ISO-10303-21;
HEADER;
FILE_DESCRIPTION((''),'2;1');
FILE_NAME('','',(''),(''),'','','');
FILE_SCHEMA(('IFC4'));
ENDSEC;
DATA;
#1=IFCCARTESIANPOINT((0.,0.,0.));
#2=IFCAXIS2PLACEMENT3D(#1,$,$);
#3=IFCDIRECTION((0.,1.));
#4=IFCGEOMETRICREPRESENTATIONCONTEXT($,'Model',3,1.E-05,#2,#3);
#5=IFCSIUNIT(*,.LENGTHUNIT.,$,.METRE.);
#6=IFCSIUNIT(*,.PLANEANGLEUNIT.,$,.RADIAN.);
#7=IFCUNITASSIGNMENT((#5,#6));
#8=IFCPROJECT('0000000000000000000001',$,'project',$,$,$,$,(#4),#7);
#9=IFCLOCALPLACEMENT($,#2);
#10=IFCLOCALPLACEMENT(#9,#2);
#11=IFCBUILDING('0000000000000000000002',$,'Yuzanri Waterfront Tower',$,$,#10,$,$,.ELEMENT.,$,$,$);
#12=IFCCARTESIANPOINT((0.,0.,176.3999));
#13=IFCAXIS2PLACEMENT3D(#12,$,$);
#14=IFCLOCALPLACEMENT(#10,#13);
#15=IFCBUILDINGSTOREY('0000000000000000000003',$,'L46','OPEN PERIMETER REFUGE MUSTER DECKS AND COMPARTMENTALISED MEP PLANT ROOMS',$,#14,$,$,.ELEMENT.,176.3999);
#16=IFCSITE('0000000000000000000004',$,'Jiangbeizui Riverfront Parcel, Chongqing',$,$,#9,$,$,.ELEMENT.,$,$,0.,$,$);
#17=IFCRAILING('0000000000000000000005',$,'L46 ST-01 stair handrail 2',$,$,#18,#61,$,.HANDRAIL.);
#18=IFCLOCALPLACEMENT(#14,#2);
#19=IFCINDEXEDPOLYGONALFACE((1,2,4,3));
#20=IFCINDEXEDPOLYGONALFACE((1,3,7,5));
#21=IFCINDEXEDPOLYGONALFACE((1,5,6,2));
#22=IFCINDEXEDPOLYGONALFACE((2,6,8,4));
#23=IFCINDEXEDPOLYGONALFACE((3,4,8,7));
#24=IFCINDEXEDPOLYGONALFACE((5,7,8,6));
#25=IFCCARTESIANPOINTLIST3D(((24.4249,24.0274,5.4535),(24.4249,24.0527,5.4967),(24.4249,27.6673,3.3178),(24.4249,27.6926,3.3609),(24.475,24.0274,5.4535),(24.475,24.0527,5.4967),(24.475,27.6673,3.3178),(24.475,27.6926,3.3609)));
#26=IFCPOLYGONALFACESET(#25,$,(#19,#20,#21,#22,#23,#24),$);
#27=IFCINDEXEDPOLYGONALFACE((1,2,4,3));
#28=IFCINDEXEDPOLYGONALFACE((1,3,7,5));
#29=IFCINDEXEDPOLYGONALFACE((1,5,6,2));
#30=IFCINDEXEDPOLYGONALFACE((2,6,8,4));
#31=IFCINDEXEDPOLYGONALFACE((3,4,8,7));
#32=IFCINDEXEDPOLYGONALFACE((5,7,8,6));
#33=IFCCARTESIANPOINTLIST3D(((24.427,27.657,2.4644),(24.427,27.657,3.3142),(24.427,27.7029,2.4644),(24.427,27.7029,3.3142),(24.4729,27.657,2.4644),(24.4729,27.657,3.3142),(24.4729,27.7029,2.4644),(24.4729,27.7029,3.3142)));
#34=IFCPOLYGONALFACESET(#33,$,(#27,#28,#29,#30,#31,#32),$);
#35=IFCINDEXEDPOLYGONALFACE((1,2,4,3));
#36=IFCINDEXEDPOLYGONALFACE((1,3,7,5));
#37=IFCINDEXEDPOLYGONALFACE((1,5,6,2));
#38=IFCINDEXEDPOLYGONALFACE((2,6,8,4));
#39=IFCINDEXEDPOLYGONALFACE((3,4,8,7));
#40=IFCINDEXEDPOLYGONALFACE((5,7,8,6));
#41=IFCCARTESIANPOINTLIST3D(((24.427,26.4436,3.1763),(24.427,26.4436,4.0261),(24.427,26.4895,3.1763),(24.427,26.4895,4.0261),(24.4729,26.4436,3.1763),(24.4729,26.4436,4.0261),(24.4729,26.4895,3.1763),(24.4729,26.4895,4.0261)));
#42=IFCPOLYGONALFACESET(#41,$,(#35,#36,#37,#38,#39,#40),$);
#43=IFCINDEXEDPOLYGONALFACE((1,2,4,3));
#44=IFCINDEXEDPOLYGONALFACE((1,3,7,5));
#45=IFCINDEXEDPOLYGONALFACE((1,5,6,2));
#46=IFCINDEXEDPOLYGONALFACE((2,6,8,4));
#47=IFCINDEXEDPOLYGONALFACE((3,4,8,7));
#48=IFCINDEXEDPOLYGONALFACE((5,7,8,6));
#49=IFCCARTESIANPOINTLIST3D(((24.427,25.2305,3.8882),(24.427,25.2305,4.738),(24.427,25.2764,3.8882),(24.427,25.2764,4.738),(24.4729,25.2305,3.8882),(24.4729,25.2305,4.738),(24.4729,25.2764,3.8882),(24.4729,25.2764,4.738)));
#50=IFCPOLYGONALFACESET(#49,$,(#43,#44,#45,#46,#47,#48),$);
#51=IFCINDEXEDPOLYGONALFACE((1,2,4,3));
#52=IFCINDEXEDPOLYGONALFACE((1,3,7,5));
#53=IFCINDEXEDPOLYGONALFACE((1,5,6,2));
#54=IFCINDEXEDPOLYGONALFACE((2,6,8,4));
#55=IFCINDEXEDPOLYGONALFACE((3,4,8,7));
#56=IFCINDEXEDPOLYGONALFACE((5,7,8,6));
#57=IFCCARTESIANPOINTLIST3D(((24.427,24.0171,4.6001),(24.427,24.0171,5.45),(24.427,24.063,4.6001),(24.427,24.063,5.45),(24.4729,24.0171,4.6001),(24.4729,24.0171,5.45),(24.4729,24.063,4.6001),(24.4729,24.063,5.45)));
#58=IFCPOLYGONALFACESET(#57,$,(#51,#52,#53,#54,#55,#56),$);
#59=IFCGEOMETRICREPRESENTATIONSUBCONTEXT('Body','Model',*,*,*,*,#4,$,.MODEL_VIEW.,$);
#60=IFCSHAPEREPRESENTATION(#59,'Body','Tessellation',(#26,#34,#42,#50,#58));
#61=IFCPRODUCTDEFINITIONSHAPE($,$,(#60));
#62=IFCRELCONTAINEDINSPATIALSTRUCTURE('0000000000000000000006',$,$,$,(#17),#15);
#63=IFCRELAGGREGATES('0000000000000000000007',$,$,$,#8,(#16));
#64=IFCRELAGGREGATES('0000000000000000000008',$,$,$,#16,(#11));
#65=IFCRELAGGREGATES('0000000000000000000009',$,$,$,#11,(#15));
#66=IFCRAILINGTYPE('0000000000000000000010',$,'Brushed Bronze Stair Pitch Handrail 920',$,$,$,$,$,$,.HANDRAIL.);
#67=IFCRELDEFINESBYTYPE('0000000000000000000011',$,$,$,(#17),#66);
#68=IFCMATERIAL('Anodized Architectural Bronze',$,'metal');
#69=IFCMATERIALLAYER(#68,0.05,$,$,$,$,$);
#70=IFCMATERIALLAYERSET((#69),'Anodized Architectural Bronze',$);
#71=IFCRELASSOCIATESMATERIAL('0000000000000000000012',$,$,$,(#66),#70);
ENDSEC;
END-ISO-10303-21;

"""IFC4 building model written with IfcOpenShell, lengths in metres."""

from ifc_helpers import new_model, si_unit, direction, frame, origin, origin_2d, place, context, subcontext, project, spatial, rectangle, extrude, source, transform, mapped, material, layer, layer_set, type_object, element, save


model = new_model("IFC4")

# Units and contexts
model_context = context("Model", 3, precision=1e-05, world=origin(), true_north=direction((0.0, 1.0)))
body_context = subcontext(model_context, "Body", "Model", "MODEL_VIEW")
ifc_project = project(units=[si_unit("LENGTHUNIT", "METRE"), si_unit("PLANEANGLEUNIT", "RADIAN")], contexts=[model_context])

# Site, building, storey
site_placement = place(None, origin())
site = spatial("IfcSite", under=ifc_project, at=site_placement, Name="Jiangbeizui Riverfront Parcel, Chongqing", CompositionType="ELEMENT", RefElevation=0.0)
building_placement = place(site_placement, origin())
building = spatial("IfcBuilding", under=site, at=building_placement, Name="Yuzanri Waterfront Tower", CompositionType="ELEMENT")
storey_placement = place(building_placement, frame((0.0, 0.0, 176.3999)))
storey = spatial("IfcBuildingStorey", under=building, at=storey_placement, Name="L46", Description="OPEN PERIMETER REFUGE MUSTER DECKS AND COMPARTMENTALISED MEP PLANT ROOMS", CompositionType="ELEMENT", Elevation=176.3999)

# Railing
ifc_material_1 = material(Name="Anodized Architectural Bronze", Category="metal")
ifc_layer_1 = layer(ifc_material_1, 0.05)
ifc_layer_set_1 = layer_set([ifc_layer_1], Name="Anodized Architectural Bronze")
railing_type_1 = type_object("IfcRailingType", Name="Brushed Bronze Stair Pitch Handrail 920", PredefinedType="HANDRAIL", material=ifc_layer_set_1)
shared_shape_1 = source(origin(), body_context, "Body", "SweptSolid", [
    extrude(rectangle(XDim=0.05, YDim=0.05, at=origin_2d()), frame((0.0, 0.0, 0.875), z_axis=(0.0, -0.86249, 0.506074), x_axis=(1.0, 0.0, 0.0)), (0.0, 0.0, 1.0), 4.2202),
    extrude(rectangle(XDim=0.0459, YDim=0.0459, at=origin_2d()), origin(), (0.0, 0.0, 1.0), 0.8499),
    extrude(rectangle(XDim=0.0459, YDim=0.0459, at=origin_2d()), frame((0.0, -1.2134, 0.7119)), (0.0, 0.0, 1.0), 0.8499),
    extrude(rectangle(XDim=0.0459, YDim=0.0459, at=origin_2d()), frame((0.0, -2.4265, 1.4238)), (0.0, 0.0, 1.0), 0.8499),
    extrude(rectangle(XDim=0.0459, YDim=0.0459, at=origin_2d()), frame((0.0, -3.6399, 2.1357)), (0.0, 0.0, 1.0), 0.8499),
])
railing_1_placement = place(storey_placement, frame((24.45, 27.6799, 2.4644)))
element("IfcRailing", 1, at=railing_1_placement, inside=storey, type_object=railing_type_1, Name="L46 ST-01 stair handrail 2", PredefinedType="HANDRAIL", context=body_context, shape_type="MappedRepresentation", body=[
    mapped(shared_shape_1, transform((0.0, 0.0, 0.0), scale=1.0)),
])

save(model, "model.ifc")
